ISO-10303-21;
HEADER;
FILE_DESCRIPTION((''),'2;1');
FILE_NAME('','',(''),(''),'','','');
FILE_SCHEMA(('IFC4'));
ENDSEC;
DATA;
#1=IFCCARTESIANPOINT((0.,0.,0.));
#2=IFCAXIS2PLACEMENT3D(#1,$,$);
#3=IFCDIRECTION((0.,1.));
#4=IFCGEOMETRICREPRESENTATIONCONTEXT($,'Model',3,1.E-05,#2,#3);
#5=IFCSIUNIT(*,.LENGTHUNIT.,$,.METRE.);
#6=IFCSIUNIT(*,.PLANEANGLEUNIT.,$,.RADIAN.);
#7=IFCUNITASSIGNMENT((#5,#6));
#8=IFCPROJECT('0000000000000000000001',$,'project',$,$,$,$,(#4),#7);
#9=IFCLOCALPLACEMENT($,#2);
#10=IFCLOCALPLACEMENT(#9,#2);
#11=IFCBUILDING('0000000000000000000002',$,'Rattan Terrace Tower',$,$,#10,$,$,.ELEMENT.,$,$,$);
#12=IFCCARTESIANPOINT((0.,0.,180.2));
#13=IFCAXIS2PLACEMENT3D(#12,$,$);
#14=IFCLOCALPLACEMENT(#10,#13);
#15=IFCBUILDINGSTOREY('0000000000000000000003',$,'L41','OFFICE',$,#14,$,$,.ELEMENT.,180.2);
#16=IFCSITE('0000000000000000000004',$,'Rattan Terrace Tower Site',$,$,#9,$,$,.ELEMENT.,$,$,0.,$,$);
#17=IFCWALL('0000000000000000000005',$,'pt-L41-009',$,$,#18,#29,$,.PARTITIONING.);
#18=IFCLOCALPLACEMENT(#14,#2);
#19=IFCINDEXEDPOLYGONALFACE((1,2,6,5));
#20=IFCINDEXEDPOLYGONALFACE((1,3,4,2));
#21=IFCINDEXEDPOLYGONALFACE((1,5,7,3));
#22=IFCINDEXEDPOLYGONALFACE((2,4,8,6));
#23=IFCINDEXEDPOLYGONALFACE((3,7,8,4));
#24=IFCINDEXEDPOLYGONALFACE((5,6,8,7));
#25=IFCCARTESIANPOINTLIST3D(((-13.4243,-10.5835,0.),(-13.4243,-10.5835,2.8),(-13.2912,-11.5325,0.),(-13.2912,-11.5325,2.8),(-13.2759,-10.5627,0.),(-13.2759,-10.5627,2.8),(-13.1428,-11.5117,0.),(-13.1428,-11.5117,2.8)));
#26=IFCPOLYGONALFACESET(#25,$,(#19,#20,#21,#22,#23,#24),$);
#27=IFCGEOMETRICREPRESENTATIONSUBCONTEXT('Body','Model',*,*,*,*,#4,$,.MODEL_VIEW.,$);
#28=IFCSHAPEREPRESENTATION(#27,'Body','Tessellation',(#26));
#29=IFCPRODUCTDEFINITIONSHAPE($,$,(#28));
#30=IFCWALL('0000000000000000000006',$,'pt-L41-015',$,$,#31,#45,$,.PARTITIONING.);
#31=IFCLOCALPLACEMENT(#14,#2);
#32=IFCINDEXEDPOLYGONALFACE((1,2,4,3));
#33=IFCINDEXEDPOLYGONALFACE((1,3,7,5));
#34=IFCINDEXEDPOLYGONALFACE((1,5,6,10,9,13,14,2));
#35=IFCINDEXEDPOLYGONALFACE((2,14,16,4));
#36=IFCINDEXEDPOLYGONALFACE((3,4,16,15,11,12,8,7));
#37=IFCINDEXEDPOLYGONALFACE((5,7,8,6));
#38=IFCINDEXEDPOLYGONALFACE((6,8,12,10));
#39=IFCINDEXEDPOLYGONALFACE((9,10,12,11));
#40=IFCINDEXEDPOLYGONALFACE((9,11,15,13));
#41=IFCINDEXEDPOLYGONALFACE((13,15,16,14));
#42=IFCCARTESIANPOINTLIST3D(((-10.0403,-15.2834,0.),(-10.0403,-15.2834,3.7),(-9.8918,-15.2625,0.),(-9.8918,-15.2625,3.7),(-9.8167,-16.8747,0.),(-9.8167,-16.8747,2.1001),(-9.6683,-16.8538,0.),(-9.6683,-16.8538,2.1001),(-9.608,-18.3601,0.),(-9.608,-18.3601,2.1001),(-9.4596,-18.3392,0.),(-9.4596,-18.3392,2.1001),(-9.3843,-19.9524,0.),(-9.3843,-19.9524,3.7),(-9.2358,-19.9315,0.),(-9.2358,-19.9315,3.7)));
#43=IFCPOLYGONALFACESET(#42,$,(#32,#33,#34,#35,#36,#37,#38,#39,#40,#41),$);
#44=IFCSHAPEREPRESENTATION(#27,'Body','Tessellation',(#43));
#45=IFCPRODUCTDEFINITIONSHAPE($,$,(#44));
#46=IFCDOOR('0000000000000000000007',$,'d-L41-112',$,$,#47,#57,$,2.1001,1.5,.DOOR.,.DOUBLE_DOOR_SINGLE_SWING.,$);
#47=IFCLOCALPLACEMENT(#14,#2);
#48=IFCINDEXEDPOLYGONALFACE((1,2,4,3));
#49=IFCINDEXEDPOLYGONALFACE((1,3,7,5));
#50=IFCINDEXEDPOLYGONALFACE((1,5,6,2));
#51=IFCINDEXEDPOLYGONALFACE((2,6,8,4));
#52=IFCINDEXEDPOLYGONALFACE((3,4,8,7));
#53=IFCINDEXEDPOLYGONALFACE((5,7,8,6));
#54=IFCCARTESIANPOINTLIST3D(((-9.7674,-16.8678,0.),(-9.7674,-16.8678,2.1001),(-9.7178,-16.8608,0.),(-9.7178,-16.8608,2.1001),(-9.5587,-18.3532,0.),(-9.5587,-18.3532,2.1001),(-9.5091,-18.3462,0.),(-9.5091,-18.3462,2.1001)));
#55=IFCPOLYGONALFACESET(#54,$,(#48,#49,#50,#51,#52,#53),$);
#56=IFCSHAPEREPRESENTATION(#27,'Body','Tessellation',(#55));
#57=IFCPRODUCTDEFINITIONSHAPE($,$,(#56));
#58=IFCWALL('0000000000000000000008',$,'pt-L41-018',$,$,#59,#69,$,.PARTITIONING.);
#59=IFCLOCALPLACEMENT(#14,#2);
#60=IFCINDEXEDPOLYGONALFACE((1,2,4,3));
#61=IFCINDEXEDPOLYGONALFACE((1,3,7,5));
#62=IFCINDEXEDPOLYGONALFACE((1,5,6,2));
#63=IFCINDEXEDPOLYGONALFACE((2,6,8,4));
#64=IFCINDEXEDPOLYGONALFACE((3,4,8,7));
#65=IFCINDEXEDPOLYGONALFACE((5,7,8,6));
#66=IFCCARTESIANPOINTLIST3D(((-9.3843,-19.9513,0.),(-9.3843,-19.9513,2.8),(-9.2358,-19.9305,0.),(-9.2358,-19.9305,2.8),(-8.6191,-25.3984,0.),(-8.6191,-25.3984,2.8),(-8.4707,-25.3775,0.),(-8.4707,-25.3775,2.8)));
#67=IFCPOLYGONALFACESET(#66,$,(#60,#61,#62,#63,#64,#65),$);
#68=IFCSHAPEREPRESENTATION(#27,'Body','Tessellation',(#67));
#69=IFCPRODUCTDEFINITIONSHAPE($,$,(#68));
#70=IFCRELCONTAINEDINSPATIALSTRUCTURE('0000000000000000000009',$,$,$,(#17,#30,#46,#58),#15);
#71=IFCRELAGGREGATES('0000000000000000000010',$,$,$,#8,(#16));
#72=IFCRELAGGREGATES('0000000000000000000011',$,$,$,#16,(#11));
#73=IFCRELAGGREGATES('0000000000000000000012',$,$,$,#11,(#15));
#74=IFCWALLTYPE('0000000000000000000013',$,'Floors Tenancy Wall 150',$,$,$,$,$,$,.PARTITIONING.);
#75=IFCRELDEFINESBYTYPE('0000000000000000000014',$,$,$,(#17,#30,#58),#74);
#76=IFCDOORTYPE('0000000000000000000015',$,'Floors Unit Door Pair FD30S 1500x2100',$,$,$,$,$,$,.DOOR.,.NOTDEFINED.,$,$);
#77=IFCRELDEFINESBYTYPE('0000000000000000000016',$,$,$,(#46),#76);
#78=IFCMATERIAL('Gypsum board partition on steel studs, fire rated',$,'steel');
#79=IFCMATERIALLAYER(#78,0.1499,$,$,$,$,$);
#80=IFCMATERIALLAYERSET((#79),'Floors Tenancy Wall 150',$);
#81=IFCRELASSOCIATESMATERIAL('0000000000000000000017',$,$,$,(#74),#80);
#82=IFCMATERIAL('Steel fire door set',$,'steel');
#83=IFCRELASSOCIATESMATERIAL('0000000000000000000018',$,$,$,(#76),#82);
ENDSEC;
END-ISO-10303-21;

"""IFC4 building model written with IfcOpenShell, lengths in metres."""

from ifc_helpers import new_model, si_unit, direction, frame, frame_2d, origin, place, context, subcontext, project, spatial, rectangle, extrude, material, layer, layer_set, type_object, element, fill, save


model = new_model("IFC4")

# Units and contexts
model_context = context("Model", 3, precision=1e-05, world=origin(), true_north=direction((0.0, 1.0)))
body_context = subcontext(model_context, "Body", "Model", "MODEL_VIEW")
ifc_project = project(units=[si_unit("LENGTHUNIT", "METRE"), si_unit("PLANEANGLEUNIT", "RADIAN")], contexts=[model_context])

# Site, building, storey
site_placement = place(None, origin())
site = spatial("IfcSite", under=ifc_project, at=site_placement, Name="Rattan Terrace Tower Site", CompositionType="ELEMENT", RefElevation=0.0)
building_placement = place(site_placement, origin())
building = spatial("IfcBuilding", under=site, at=building_placement, Name="Rattan Terrace Tower", CompositionType="ELEMENT")
storey_placement = place(building_placement, frame((0.0, 0.0, 180.2)))
storey = spatial("IfcBuildingStorey", under=building, at=storey_placement, Name="L41", Description="OFFICE", CompositionType="ELEMENT", Elevation=180.2)

# Shared definitions
ifc_material_1 = material(Name="Gypsum board partition on steel studs, fire rated", Category="steel")
ifc_layer_1 = layer(ifc_material_1, 0.1499)
ifc_layer_set_1 = layer_set([ifc_layer_1], Name="Floors Tenancy Wall 150")
wall_type_1 = type_object("IfcWallType", Name="Floors Tenancy Wall 150", PredefinedType="PARTITIONING", material=ifc_layer_set_1)
ifc_material_2 = material(Name="Steel fire door set", Category="steel")
door_type_1 = type_object("IfcDoorType", Name="Floors Unit Door Pair FD30S 1500x2100", OperationType="NOTDEFINED", PredefinedType="DOOR", material=ifc_material_2)

# Wall
wall_1_placement = place(storey_placement, frame((-13.217, -11.522, 0.0), z_axis=(0.0, 0.0, 1.0), x_axis=(-0.138853, 0.990313, 0.0)))
element("IfcWall", 1, at=wall_1_placement, inside=storey, type_object=wall_type_1, Name="pt-L41-009", PredefinedType="PARTITIONING", context=body_context, shape_type="SweptSolid", body=[
    extrude(rectangle(XDim=0.9583, YDim=0.1499, at=frame_2d((0.479, 0.0))), origin(), (0.0, 0.0, 1.0), 2.8),
])

# Wall, opening, door
wall_2_placement = place(storey_placement, frame((-9.9661, -15.2729, 0.0), z_axis=(0.0, 0.0, 1.0), x_axis=(0.139137, -0.990273, 0.0)))
wall_2 = element("IfcWall", 2, at=wall_2_placement, inside=storey, type_object=wall_type_1, Name="pt-L41-015", PredefinedType="PARTITIONING", context=body_context, shape_type="SweptSolid", body=[
    extrude(rectangle(XDim=4.7148, YDim=0.1499, at=frame_2d((2.3574, 0.0))), origin(), (0.0, 0.0, 1.0), 3.7),
])
opening_1_placement = place(wall_2_placement, frame((1.6069, 0.0, 0.0)))
opening_1 = element("IfcOpeningElement", 3, at=opening_1_placement, cuts=wall_2, PredefinedType="OPENING", context=body_context, shape_type="SweptSolid", body=[
    extrude(rectangle(XDim=1.5, YDim=2.1001, at=frame_2d((0.75, 1.05))), frame((0.0, 0.0854, 0.0), z_axis=(0.0, -1.0, 0.0), x_axis=(1.0, 0.0, 0.0)), (0.0, 0.0, 1.0), 0.1709),
])
door_1_placement = place(opening_1_placement, origin())
door_1 = element("IfcDoor", 4, at=door_1_placement, inside=storey, type_object=door_type_1, Name="d-L41-112", OperationType="DOUBLE_DOOR_SINGLE_SWING", OverallHeight=2.1001, OverallWidth=1.5, PredefinedType="DOOR", context=body_context, shape_type="SweptSolid", body=[
    extrude(rectangle(XDim=1.5, YDim=2.1001, at=frame_2d((0.75, 1.05))), frame((0.0, 0.0249, 0.0), z_axis=(0.0, -1.0, 0.0), x_axis=(1.0, 0.0, 0.0)), (0.0, 0.0, 1.0), 0.05),
])
fill(opening_1, door_1)

# Wall
wall_3_placement = place(storey_placement, frame((-9.3101, -19.9409, 0.0), z_axis=(0.0, 0.0, 1.0), x_axis=(0.139103, -0.990278, 0.0)))
element("IfcWall", 5, at=wall_3_placement, inside=storey, type_object=wall_type_1, Name="pt-L41-018", PredefinedType="PARTITIONING", context=body_context, shape_type="SweptSolid", body=[
    extrude(rectangle(XDim=5.5005, YDim=0.1499, at=frame_2d((2.7502, 0.0))), origin(), (0.0, 0.0, 1.0), 2.8),
])

save(model, "model.ifc")
